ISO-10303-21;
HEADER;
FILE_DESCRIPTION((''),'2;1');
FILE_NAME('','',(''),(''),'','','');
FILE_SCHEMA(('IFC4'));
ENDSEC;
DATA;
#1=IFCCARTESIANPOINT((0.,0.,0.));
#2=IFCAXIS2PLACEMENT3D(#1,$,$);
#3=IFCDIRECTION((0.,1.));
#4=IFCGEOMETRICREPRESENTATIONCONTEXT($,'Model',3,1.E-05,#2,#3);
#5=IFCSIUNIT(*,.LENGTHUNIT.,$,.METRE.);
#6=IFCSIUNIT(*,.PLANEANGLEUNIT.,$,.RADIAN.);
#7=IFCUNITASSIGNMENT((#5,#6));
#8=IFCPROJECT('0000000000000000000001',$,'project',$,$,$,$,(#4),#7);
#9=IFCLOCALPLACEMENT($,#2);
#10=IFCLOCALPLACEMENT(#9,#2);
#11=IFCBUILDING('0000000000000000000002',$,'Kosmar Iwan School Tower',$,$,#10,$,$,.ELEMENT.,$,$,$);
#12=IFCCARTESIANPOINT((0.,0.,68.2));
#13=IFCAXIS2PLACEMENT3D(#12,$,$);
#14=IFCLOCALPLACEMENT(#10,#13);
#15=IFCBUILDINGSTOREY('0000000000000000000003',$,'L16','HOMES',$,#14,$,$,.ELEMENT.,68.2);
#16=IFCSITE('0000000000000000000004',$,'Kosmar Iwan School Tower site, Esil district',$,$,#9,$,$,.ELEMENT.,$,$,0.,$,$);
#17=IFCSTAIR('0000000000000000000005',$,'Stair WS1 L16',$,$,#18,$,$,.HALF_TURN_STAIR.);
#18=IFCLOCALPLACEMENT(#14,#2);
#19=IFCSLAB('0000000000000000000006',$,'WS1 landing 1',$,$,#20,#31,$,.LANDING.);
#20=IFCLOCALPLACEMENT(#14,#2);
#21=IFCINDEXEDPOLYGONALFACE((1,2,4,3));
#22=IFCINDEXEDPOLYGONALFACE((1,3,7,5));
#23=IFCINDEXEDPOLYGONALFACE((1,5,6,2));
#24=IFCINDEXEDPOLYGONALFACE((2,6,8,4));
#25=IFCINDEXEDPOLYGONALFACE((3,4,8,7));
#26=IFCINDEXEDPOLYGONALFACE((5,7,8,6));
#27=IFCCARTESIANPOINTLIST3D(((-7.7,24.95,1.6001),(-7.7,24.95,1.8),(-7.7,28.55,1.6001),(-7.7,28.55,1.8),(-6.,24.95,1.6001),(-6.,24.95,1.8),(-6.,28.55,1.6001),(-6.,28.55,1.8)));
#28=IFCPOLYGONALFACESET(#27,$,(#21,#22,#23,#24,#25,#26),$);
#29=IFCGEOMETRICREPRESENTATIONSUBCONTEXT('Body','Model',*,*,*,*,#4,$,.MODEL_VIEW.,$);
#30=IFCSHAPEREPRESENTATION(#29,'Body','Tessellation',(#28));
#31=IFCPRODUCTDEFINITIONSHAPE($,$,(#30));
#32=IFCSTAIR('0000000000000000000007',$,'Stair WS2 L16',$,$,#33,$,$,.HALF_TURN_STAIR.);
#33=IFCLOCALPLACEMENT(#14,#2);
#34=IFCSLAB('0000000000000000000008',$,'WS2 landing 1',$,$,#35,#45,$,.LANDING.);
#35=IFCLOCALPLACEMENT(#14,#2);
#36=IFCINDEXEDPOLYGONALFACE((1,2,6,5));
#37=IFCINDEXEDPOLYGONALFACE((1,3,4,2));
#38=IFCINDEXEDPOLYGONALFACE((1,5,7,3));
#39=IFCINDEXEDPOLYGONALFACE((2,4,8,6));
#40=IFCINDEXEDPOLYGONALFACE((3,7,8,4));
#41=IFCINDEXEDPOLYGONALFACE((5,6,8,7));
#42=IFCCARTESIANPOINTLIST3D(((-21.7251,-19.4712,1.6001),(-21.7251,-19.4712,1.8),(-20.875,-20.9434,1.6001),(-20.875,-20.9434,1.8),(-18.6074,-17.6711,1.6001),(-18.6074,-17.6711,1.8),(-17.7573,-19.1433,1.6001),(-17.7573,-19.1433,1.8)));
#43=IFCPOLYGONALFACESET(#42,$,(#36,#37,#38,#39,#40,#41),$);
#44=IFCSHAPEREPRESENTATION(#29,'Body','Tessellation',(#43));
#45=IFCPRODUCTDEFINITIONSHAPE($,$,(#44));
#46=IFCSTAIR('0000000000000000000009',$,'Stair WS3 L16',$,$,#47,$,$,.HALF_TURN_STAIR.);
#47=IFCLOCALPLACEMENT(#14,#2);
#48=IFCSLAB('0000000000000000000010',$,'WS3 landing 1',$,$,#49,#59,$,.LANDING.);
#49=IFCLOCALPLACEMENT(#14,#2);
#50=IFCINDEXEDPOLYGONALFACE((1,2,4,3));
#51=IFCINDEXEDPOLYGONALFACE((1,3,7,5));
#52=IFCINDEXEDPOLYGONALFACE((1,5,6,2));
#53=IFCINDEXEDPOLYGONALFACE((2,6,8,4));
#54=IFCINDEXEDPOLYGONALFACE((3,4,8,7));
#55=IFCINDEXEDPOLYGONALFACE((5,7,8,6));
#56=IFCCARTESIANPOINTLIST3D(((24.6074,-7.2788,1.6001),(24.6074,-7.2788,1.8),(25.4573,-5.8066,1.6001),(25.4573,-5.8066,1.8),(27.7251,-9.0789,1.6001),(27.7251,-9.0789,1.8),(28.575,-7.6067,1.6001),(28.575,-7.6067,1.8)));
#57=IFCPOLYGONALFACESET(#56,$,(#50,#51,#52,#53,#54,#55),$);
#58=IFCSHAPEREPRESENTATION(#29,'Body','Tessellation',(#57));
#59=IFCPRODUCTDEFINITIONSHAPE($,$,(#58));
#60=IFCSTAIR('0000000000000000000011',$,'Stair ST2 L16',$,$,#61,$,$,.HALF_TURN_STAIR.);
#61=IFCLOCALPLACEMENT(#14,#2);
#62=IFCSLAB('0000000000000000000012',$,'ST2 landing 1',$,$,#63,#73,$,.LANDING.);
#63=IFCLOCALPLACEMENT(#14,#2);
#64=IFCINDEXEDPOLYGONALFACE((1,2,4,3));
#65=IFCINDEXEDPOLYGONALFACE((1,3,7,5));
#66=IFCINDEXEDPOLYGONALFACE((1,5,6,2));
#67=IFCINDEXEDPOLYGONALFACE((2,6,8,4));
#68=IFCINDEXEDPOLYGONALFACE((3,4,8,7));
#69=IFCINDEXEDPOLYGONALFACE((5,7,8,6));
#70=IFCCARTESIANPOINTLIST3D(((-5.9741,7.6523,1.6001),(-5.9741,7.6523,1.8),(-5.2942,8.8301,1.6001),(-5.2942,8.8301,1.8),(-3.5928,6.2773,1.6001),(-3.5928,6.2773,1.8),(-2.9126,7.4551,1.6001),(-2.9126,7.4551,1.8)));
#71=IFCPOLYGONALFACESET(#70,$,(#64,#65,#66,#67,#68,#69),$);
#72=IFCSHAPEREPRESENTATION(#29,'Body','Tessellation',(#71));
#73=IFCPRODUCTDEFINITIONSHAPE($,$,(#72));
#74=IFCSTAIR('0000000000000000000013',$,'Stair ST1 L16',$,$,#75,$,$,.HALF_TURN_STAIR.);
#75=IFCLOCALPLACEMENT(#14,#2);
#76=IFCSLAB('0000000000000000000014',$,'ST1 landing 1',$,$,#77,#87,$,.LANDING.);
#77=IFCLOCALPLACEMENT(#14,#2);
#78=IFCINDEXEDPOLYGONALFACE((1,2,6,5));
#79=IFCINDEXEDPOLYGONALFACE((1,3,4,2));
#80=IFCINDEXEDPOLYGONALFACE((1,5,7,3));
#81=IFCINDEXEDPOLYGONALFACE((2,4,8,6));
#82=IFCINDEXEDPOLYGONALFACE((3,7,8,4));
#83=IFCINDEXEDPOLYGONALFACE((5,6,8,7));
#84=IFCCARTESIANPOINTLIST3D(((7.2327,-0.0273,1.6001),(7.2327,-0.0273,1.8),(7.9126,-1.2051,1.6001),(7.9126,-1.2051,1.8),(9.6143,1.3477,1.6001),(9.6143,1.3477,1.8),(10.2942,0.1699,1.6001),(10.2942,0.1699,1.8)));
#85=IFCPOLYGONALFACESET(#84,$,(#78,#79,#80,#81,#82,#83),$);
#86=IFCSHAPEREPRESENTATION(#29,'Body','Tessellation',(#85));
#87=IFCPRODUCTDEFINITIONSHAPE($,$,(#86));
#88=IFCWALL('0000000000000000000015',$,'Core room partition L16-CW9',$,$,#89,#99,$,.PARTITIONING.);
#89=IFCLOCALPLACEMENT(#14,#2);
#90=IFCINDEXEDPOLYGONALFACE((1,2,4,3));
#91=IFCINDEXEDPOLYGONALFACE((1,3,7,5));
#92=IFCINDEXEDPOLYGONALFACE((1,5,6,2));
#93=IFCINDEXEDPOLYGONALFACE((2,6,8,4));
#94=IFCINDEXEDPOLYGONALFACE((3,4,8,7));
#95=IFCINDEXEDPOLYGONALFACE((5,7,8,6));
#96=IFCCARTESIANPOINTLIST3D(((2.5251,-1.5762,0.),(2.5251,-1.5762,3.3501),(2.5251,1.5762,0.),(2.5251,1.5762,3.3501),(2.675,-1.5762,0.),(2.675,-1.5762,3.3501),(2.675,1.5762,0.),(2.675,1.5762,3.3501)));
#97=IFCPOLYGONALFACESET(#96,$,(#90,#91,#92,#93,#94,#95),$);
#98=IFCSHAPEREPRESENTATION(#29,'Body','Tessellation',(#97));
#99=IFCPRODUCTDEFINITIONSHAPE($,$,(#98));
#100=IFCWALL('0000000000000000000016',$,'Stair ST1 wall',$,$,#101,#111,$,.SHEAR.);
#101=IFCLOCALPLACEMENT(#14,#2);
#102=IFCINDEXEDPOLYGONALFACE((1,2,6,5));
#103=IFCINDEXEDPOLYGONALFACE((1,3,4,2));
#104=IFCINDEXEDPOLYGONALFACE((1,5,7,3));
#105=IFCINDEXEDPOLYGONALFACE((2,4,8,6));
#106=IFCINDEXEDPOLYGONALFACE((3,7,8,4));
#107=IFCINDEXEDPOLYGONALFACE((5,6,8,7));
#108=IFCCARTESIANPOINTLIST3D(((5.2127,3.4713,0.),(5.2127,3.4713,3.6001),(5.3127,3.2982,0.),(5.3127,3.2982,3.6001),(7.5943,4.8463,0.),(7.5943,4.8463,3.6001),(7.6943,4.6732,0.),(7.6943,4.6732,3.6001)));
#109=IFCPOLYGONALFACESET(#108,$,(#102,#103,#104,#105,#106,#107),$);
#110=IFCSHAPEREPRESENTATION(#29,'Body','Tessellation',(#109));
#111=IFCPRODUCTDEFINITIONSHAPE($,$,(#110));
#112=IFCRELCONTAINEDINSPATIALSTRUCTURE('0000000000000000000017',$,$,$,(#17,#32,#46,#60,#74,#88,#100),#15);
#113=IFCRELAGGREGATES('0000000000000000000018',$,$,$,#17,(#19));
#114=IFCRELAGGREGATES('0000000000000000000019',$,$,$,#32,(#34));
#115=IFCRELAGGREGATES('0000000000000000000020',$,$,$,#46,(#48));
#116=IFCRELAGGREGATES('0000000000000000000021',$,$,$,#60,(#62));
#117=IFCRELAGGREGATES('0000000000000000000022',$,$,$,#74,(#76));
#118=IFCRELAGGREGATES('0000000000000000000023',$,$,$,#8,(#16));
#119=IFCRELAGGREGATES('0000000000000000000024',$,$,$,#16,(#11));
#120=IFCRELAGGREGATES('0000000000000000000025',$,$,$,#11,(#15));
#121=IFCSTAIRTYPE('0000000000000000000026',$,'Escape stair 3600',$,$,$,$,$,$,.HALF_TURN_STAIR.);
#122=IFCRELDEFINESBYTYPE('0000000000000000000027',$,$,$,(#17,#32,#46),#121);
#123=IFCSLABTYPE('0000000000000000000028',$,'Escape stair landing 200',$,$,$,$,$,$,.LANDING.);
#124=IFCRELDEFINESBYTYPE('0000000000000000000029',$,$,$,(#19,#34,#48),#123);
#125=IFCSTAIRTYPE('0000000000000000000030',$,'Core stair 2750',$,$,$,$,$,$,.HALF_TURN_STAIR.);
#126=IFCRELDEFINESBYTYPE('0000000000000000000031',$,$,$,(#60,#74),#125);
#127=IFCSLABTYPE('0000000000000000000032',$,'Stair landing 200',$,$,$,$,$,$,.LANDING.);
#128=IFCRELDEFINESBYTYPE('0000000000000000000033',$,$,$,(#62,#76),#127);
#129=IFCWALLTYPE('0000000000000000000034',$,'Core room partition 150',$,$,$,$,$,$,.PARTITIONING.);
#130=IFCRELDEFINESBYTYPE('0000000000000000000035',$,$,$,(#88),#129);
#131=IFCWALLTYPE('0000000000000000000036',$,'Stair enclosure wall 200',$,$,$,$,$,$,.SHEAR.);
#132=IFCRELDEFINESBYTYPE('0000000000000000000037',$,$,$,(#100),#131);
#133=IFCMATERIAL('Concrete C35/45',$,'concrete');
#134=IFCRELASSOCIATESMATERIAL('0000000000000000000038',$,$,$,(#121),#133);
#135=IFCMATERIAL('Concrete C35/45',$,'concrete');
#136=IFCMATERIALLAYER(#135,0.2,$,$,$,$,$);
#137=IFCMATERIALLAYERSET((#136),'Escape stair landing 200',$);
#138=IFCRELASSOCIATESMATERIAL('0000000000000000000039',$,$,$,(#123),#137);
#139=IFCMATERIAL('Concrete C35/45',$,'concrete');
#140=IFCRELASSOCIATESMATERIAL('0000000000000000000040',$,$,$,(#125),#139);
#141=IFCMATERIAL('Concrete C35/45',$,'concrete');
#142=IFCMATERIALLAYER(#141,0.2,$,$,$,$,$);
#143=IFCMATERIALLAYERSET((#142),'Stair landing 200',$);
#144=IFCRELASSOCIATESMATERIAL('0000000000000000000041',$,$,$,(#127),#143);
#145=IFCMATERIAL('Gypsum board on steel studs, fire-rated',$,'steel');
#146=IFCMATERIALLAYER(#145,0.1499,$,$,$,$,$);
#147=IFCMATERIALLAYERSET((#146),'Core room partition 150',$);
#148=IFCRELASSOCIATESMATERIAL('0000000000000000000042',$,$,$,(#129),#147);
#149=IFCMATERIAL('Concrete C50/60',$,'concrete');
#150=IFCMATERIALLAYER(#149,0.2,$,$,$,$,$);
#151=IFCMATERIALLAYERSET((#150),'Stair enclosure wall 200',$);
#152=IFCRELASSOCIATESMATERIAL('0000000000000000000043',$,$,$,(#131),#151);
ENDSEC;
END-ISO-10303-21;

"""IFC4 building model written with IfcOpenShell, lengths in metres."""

from ifc_helpers import new_model, si_unit, direction, frame, frame_2d, origin, place, context, subcontext, project, spatial, polyline, rectangle, outline, extrude, material, layer, layer_set, type_object, element, aggregate, save


model = new_model("IFC4")

# Units and contexts
model_context = context("Model", 3, precision=1e-05, world=origin(), true_north=direction((0.0, 1.0)))
body_context = subcontext(model_context, "Body", "Model", "MODEL_VIEW")
ifc_project = project(units=[si_unit("LENGTHUNIT", "METRE"), si_unit("PLANEANGLEUNIT", "RADIAN")], contexts=[model_context])

# Site, building, storey
site_placement = place(None, origin())
site = spatial("IfcSite", under=ifc_project, at=site_placement, Name="Kosmar Iwan School Tower site, Esil district", CompositionType="ELEMENT", RefElevation=0.0)
building_placement = place(site_placement, origin())
building = spatial("IfcBuilding", under=site, at=building_placement, Name="Kosmar Iwan School Tower", CompositionType="ELEMENT")
storey_placement = place(building_placement, frame((0.0, 0.0, 68.2)))
storey = spatial("IfcBuildingStorey", under=building, at=storey_placement, Name="L16", Description="HOMES", CompositionType="ELEMENT", Elevation=68.2)

# Stairs, slabs
ifc_material_1 = material(Name="Concrete C35/45", Category="concrete")
stair_type_1 = type_object("IfcStairType", Name="Escape stair 3600", PredefinedType="HALF_TURN_STAIR", material=ifc_material_1)
stair_1_placement = place(storey_placement, origin())
stair_1 = element("IfcStair", 1, at=stair_1_placement, inside=storey, type_object=stair_type_1, Name="Stair WS1 L16", PredefinedType="HALF_TURN_STAIR")
ifc_material_2 = material(Name="Concrete C35/45", Category="concrete")
ifc_layer_1 = layer(ifc_material_2, 0.2)
ifc_layer_set_1 = layer_set([ifc_layer_1], Name="Escape stair landing 200")
slab_type_1 = type_object("IfcSlabType", Name="Escape stair landing 200", PredefinedType="LANDING", material=ifc_layer_set_1)
slab_1_placement = place(storey_placement, frame((0.0, 0.0, 1.6001)))
slab_1 = element("IfcSlab", 2, at=slab_1_placement, type_object=slab_type_1, Name="WS1 landing 1", PredefinedType="LANDING", context=body_context, shape_type="SweptSolid", body=[
    extrude(outline(polyline([(-6.0, 24.95), (-6.0, 28.55), (-7.7, 28.55), (-7.7, 24.95), (-6.0, 24.95)])), origin(), (0.0, 0.0, 1.0), 0.2),
])
aggregate(stair_1, [slab_1])
stair_2_placement = place(storey_placement, origin())
stair_2 = element("IfcStair", 3, at=stair_2_placement, inside=storey, type_object=stair_type_1, Name="Stair WS2 L16", PredefinedType="HALF_TURN_STAIR")
slab_2_placement = place(storey_placement, frame((0.0, 0.0, 1.6001)))
slab_2 = element("IfcSlab", 4, at=slab_2_placement, type_object=slab_type_1, Name="WS2 landing 1", PredefinedType="LANDING", context=body_context, shape_type="SweptSolid", body=[
    extrude(outline(polyline([(-18.6074, -17.6711), (-21.7251, -19.4712), (-20.875, -20.9434), (-17.7573, -19.1433), (-18.6074, -17.6711)])), origin(), (0.0, 0.0, 1.0), 0.2),
])
aggregate(stair_2, [slab_2])
stair_3_placement = place(storey_placement, origin())
stair_3 = element("IfcStair", 5, at=stair_3_placement, inside=storey, type_object=stair_type_1, Name="Stair WS3 L16", PredefinedType="HALF_TURN_STAIR")
slab_3_placement = place(storey_placement, frame((0.0, 0.0, 1.6001)))
slab_3 = element("IfcSlab", 6, at=slab_3_placement, type_object=slab_type_1, Name="WS3 landing 1", PredefinedType="LANDING", context=body_context, shape_type="SweptSolid", body=[
    extrude(outline(polyline([(24.6074, -7.2788), (27.7251, -9.0789), (28.575, -7.6067), (25.4573, -5.8066), (24.6074, -7.2788)])), origin(), (0.0, 0.0, 1.0), 0.2),
])
aggregate(stair_3, [slab_3])
ifc_material_3 = material(Name="Concrete C35/45", Category="concrete")
stair_type_2 = type_object("IfcStairType", Name="Core stair 2750", PredefinedType="HALF_TURN_STAIR", material=ifc_material_3)
stair_4_placement = place(storey_placement, origin())
stair_4 = element("IfcStair", 7, at=stair_4_placement, inside=storey, type_object=stair_type_2, Name="Stair ST2 L16", PredefinedType="HALF_TURN_STAIR")
ifc_material_4 = material(Name="Concrete C35/45", Category="concrete")
ifc_layer_2 = layer(ifc_material_4, 0.2)
ifc_layer_set_2 = layer_set([ifc_layer_2], Name="Stair landing 200")
slab_type_2 = type_object("IfcSlabType", Name="Stair landing 200", PredefinedType="LANDING", material=ifc_layer_set_2)
slab_4_placement = place(storey_placement, frame((0.0, 0.0, 1.6001)))
slab_4 = element("IfcSlab", 8, at=slab_4_placement, type_object=slab_type_2, Name="ST2 landing 1", PredefinedType="LANDING", context=body_context, shape_type="SweptSolid", body=[
    extrude(outline(polyline([(-2.9126, 7.4551), (-5.2942, 8.8301), (-5.9741, 7.6523), (-3.5928, 6.2773), (-2.9126, 7.4551)])), origin(), (0.0, 0.0, 1.0), 0.2),
])
aggregate(stair_4, [slab_4])
stair_5_placement = place(storey_placement, origin())
stair_5 = element("IfcStair", 9, at=stair_5_placement, inside=storey, type_object=stair_type_2, Name="Stair ST1 L16", PredefinedType="HALF_TURN_STAIR")
slab_5_placement = place(storey_placement, frame((0.0, 0.0, 1.6001)))
slab_5 = element("IfcSlab", 10, at=slab_5_placement, type_object=slab_type_2, Name="ST1 landing 1", PredefinedType="LANDING", context=body_context, shape_type="SweptSolid", body=[
    extrude(outline(polyline([(7.9126, -1.2051), (10.2942, 0.1699), (9.6143, 1.3477), (7.2327, -0.0273), (7.9126, -1.2051)])), origin(), (0.0, 0.0, 1.0), 0.2),
])
aggregate(stair_5, [slab_5])

# Walls
ifc_material_5 = material(Name="Gypsum board on steel studs, fire-rated", Category="steel")
ifc_layer_3 = layer(ifc_material_5, 0.1499)
ifc_layer_set_3 = layer_set([ifc_layer_3], Name="Core room partition 150")
wall_type_1 = type_object("IfcWallType", Name="Core room partition 150", PredefinedType="PARTITIONING", material=ifc_layer_set_3)
wall_1_placement = place(storey_placement, frame((2.6001, 1.5762, 0.0), z_axis=(0.0, 0.0, 1.0), x_axis=(0.0, -1.0, 0.0)))
element("IfcWall", 11, at=wall_1_placement, inside=storey, type_object=wall_type_1, Name="Core room partition L16-CW9", PredefinedType="PARTITIONING", context=body_context, shape_type="SweptSolid", body=[
    extrude(rectangle(XDim=3.1523, YDim=0.1499, at=frame_2d((1.5762, 0.0))), origin(), (0.0, 0.0, 1.0), 3.3501),
])
ifc_material_6 = material(Name="Concrete C50/60", Category="concrete")
ifc_layer_4 = layer(ifc_material_6, 0.2)
ifc_layer_set_4 = layer_set([ifc_layer_4], Name="Stair enclosure wall 200")
wall_type_2 = type_object("IfcWallType", Name="Stair enclosure wall 200", PredefinedType="SHEAR", material=ifc_layer_set_4)
wall_2_placement = place(storey_placement, frame((5.2627, 3.3848, 0.0), z_axis=(0.0, 0.0, 1.0), x_axis=(0.866027, 0.499997, 0.0)))
element("IfcWall", 12, at=wall_2_placement, inside=storey, type_object=wall_type_2, Name="Stair ST1 wall", PredefinedType="SHEAR", context=body_context, shape_type="SweptSolid", body=[
    extrude(rectangle(XDim=2.75, YDim=0.2, at=frame_2d((1.375, 0.0))), origin(), (0.0, 0.0, 1.0), 3.6001),
])

save(model, "model.ifc")
